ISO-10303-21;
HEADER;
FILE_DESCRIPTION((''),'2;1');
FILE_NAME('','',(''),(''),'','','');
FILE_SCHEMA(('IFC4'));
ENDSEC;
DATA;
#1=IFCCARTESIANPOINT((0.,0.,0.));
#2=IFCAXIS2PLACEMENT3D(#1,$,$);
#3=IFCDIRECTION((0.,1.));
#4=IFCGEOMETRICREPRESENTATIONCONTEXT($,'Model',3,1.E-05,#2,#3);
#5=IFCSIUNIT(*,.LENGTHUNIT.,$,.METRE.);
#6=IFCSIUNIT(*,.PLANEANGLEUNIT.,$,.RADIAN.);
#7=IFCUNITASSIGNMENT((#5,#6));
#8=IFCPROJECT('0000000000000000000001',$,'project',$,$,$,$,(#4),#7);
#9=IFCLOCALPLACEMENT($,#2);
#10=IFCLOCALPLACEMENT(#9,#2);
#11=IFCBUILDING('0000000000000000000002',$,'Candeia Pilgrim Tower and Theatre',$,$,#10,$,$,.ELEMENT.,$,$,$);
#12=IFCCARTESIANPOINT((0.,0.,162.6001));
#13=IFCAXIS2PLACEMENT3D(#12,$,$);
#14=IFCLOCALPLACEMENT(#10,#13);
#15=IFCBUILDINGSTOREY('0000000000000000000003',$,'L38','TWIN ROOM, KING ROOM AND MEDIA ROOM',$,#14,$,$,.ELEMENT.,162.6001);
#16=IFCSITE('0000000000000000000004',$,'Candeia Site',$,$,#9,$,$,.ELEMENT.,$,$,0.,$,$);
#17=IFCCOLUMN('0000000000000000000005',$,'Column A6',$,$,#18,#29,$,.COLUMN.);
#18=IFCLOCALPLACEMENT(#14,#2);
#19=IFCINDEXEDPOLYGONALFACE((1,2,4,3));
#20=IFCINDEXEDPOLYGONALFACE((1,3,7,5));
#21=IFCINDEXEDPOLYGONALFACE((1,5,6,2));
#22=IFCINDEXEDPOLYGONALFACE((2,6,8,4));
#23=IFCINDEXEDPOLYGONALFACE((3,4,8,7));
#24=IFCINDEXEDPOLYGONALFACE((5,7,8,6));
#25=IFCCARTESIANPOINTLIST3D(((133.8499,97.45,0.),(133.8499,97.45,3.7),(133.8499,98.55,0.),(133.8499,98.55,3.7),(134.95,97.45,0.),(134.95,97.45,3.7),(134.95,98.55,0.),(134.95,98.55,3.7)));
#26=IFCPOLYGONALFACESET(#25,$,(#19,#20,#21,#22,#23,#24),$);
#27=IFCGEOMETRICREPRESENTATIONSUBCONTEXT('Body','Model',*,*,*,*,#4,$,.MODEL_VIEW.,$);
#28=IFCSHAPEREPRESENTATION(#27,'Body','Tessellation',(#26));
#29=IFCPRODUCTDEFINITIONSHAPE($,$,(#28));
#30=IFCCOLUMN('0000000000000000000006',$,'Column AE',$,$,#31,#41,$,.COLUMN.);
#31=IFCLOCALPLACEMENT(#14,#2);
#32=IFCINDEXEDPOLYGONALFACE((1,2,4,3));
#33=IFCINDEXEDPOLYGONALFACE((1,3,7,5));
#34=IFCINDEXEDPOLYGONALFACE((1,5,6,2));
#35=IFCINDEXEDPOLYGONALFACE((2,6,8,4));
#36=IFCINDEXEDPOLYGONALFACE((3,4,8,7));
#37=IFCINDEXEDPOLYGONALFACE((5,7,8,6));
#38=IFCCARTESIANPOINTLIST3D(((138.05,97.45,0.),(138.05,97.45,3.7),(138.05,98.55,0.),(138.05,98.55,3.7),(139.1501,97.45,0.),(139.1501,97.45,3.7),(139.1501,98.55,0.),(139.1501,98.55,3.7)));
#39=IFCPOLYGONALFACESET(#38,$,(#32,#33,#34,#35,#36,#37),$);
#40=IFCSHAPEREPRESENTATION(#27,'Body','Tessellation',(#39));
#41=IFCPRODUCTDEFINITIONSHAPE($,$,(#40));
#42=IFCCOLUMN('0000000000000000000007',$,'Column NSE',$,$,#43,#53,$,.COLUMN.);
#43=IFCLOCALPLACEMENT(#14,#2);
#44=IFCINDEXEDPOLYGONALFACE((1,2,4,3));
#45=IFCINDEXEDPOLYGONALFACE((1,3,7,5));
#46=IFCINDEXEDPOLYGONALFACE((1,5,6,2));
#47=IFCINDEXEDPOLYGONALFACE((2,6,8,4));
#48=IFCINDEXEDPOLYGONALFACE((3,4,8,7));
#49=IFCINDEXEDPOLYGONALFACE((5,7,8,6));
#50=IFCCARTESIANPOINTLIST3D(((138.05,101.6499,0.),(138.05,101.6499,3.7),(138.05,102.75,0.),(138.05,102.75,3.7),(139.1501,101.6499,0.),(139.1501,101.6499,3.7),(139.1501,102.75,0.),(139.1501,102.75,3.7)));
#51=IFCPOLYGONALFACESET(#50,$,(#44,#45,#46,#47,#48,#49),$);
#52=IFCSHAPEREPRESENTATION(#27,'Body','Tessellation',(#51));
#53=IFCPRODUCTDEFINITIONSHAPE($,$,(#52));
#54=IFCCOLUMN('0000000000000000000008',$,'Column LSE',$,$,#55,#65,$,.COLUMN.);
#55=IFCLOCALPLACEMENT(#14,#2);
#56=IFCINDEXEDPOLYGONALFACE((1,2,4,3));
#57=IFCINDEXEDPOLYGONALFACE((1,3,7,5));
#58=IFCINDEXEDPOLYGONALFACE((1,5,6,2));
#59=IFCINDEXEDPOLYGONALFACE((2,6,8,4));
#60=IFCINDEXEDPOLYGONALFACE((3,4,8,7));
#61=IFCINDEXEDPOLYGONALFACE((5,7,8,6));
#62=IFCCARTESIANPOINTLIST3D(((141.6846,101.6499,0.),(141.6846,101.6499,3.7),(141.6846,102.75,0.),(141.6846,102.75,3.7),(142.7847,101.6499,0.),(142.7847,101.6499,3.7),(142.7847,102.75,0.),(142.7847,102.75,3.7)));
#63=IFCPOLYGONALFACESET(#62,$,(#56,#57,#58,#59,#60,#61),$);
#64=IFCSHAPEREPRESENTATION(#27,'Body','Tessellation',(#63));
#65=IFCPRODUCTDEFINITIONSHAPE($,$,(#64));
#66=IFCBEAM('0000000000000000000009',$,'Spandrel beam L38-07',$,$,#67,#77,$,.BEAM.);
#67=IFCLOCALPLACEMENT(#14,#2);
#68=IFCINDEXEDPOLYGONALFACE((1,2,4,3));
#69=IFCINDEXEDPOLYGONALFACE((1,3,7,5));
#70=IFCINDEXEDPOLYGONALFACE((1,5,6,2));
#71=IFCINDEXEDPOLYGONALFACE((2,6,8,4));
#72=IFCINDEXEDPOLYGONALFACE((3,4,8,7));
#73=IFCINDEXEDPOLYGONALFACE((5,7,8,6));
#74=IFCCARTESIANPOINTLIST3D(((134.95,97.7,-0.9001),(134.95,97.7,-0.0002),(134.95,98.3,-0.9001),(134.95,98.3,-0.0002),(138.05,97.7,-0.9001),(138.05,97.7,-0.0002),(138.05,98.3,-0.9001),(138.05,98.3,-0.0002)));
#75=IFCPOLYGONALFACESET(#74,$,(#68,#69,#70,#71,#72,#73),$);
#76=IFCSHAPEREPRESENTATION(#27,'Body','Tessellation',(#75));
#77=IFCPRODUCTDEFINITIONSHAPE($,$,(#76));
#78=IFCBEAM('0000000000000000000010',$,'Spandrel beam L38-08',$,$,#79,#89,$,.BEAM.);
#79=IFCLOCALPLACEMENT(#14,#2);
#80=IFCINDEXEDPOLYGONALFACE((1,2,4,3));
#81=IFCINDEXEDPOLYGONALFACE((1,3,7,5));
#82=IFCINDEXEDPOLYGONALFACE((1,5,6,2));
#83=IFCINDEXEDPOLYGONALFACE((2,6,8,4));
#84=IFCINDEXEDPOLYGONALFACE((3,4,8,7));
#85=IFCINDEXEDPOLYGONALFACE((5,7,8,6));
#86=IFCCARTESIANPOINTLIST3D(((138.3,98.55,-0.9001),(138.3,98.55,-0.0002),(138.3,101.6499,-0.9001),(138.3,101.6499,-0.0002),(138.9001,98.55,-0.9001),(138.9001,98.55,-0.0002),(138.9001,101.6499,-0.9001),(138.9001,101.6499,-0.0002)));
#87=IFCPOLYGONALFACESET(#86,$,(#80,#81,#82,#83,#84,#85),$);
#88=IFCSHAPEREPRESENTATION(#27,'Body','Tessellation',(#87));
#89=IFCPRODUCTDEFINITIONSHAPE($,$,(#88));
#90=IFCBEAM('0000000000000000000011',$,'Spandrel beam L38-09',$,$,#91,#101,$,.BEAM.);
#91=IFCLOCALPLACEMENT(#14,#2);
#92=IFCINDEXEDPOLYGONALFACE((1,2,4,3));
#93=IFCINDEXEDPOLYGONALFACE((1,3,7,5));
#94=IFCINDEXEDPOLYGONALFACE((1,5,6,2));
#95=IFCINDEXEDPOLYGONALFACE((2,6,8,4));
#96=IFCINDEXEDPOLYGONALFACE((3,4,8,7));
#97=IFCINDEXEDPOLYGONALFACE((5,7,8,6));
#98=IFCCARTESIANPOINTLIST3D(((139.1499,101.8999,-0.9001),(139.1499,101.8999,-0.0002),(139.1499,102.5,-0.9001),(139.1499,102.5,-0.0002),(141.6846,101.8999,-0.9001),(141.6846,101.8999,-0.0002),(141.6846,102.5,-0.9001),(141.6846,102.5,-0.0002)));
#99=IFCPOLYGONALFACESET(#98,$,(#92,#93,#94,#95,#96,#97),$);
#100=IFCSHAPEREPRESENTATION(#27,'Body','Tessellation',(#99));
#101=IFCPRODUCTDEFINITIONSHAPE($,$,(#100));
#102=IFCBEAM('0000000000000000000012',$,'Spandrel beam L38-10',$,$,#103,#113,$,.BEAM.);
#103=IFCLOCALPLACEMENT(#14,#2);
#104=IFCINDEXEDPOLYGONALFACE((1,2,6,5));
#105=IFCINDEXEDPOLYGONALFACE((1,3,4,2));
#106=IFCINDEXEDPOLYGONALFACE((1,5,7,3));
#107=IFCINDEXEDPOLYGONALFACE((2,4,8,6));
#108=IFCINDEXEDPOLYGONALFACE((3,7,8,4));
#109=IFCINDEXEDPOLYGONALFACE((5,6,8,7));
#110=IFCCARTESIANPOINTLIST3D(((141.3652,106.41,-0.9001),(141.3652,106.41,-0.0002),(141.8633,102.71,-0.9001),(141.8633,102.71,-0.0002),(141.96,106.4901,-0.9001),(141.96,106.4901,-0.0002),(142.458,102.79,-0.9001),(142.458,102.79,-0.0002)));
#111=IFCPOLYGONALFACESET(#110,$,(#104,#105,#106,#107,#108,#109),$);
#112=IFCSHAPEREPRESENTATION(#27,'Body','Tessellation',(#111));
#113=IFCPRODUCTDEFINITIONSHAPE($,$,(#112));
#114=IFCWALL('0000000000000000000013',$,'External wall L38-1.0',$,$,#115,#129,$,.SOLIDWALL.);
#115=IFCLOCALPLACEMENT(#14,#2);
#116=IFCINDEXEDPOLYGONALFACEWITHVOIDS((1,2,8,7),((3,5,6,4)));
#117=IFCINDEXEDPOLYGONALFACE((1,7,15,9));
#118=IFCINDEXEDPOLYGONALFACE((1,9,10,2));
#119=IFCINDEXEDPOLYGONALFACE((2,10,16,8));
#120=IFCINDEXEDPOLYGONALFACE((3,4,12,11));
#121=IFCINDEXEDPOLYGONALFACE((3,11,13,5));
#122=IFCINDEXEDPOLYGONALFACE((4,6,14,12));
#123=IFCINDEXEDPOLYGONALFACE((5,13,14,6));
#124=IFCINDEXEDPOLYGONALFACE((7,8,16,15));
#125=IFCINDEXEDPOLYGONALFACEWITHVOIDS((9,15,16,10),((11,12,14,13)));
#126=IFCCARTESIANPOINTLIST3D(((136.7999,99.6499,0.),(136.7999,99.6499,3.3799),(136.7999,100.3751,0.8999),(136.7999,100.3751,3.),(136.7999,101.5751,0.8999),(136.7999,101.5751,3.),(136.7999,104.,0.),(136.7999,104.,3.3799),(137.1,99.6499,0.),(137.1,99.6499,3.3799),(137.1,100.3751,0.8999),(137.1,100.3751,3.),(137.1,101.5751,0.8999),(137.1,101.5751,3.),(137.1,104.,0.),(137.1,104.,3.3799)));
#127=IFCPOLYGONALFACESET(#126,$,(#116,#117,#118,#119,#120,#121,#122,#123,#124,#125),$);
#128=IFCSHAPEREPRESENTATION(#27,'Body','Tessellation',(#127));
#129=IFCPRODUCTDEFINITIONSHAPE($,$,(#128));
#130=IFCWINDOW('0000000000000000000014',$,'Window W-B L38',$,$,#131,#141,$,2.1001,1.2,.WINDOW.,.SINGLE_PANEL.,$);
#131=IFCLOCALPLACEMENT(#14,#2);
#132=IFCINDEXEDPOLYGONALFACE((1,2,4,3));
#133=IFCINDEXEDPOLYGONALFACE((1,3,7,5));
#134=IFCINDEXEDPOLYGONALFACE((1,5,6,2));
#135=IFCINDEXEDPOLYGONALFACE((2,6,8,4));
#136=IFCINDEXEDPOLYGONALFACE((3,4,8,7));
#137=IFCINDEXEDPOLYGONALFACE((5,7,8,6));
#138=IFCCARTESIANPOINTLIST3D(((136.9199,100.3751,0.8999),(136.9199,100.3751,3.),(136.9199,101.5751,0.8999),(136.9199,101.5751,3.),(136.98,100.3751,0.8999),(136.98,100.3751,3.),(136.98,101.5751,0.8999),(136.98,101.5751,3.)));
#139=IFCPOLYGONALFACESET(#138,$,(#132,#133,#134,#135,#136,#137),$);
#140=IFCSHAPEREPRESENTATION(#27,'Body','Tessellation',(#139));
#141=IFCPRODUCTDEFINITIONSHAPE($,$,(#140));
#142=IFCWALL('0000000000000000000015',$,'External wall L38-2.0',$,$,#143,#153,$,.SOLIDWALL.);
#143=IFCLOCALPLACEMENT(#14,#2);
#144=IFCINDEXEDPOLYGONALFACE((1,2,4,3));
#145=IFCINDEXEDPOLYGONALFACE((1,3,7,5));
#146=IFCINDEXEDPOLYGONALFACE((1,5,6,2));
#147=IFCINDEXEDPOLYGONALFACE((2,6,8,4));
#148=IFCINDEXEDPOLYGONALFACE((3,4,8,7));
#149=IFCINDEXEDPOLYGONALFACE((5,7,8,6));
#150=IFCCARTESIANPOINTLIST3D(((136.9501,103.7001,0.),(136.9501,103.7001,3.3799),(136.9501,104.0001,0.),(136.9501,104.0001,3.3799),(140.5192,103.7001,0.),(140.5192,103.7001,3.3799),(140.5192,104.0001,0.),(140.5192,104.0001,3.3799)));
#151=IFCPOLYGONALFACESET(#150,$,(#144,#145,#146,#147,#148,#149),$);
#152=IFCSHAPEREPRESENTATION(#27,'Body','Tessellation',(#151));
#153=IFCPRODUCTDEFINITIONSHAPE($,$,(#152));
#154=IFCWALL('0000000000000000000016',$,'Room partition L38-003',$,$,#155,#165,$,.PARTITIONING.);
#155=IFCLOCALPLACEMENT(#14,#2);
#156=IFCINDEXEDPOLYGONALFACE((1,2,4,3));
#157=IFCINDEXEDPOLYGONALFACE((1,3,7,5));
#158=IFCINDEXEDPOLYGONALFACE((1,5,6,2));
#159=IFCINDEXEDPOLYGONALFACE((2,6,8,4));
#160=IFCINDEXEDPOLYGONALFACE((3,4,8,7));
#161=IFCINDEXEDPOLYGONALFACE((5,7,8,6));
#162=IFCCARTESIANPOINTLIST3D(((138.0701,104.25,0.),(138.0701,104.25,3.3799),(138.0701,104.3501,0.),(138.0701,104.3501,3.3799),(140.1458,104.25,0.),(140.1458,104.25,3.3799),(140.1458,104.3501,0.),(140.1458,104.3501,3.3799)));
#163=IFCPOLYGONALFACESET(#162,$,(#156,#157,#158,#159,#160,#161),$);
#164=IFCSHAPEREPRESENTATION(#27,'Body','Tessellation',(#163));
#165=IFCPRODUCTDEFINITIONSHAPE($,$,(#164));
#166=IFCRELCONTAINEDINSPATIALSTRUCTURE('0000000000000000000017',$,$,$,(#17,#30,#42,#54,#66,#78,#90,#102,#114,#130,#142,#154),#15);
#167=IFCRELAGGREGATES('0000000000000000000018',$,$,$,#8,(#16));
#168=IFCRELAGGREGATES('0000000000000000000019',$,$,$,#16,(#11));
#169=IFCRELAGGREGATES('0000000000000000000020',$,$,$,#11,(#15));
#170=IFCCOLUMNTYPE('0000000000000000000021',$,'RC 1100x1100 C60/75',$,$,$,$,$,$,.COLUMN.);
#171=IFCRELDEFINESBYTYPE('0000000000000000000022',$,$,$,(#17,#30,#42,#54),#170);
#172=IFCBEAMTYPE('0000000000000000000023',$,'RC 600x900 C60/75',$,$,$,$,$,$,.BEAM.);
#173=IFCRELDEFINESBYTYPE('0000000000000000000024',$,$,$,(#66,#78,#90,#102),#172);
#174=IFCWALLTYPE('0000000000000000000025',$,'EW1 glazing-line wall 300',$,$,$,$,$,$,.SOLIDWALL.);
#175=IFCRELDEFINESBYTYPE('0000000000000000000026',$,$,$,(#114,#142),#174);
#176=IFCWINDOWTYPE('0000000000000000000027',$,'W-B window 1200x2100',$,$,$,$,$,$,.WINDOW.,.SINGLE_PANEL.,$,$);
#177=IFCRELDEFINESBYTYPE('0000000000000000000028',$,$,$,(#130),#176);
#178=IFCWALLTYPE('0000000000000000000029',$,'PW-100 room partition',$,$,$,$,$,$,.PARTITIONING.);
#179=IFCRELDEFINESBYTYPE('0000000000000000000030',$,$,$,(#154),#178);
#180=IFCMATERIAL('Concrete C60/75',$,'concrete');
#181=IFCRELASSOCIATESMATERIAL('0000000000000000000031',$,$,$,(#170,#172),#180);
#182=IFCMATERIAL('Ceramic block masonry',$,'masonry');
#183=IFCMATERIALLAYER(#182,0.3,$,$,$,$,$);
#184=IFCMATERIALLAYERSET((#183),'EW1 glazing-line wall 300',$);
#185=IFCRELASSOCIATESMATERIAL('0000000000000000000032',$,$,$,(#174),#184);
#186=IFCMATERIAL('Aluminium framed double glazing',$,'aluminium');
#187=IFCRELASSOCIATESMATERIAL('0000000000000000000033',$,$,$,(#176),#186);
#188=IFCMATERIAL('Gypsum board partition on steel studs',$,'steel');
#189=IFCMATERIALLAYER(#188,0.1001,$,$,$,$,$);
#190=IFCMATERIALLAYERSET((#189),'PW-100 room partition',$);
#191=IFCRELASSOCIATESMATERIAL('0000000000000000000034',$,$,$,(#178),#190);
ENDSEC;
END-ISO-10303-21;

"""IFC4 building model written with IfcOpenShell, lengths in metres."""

from ifc_helpers import new_model, si_unit, direction, frame, frame_2d, origin, origin_2d, place, context, subcontext, project, spatial, rectangle, extrude, material, layer, layer_set, material_profile, profile_set, type_object, element, fill, save


model = new_model("IFC4")

# Units and contexts
model_context = context("Model", 3, precision=1e-05, world=origin(), true_north=direction((0.0, 1.0)))
body_context = subcontext(model_context, "Body", "Model", "MODEL_VIEW")
ifc_project = project(units=[si_unit("LENGTHUNIT", "METRE"), si_unit("PLANEANGLEUNIT", "RADIAN")], contexts=[model_context])

# Site, building, storey
site_placement = place(None, origin())
site = spatial("IfcSite", under=ifc_project, at=site_placement, Name="Candeia Site", CompositionType="ELEMENT", RefElevation=0.0)
building_placement = place(site_placement, origin())
building = spatial("IfcBuilding", under=site, at=building_placement, Name="Candeia Pilgrim Tower and Theatre", CompositionType="ELEMENT")
storey_placement = place(building_placement, frame((0.0, 0.0, 162.6001)))
storey = spatial("IfcBuildingStorey", under=building, at=storey_placement, Name="L38", Description="TWIN ROOM, KING ROOM AND MEDIA ROOM", CompositionType="ELEMENT", Elevation=162.6001)

# Columns
ifc_material_1 = material(Name="Concrete C60/75", Category="concrete")
ifc_material_profile_1 = material_profile(ifc_material_1, rectangle(XDim=1.1001, YDim=1.1001, at=origin_2d()))
ifc_profile_set_1 = profile_set([ifc_material_profile_1], Name="Concrete C60/75")
column_type = type_object("IfcColumnType", Name="RC 1100x1100 C60/75", PredefinedType="COLUMN", material=ifc_profile_set_1)
for number, where, z_axis, x_axis, name in (
    (1, (134.3999, 98.0, 0.0), (0.0, 0.0, 1.0), (1.0, 0.0, 0.0), "Column A6"),
    (2, (138.6001, 98.0, 0.0), (0.0, 0.0, 1.0), (1.0, 0.0, 0.0), "Column AE"),
    (3, (138.6001, 102.2, 0.0), (0.0, 0.0, 1.0), (1.0, 0.0, 0.0), "Column NSE"),
    (4, (142.2346, 102.2, 0.0), (0.0, 0.0, 1.0), (1.0, 0.0, 0.0), "Column LSE"),
):
    element("IfcColumn", number, at=place(storey_placement, frame(where, z_axis=z_axis, x_axis=x_axis)), inside=storey, type_object=column_type, Name=name, PredefinedType="COLUMN", context=body_context, shape_type="SweptSolid", body=[
        extrude(rectangle(XDim=1.1001, YDim=1.1001, at=origin_2d()), origin(), (0.0, 0.0, 1.0), 3.7),
    ])

# Beams
ifc_material_profile_2 = material_profile(ifc_material_1, rectangle(XDim=0.6001, YDim=0.8999, at=origin_2d()))
ifc_profile_set_2 = profile_set([ifc_material_profile_2], Name="Concrete C60/75")
beam_type = type_object("IfcBeamType", Name="RC 600x900 C60/75", PredefinedType="BEAM", material=ifc_profile_set_2)
beam_1_placement = place(storey_placement, frame((134.95, 98.0, -0.4502), z_axis=(1.0, 0.0, 0.0), x_axis=(0.0, 1.0, 0.0)))
element("IfcBeam", 5, at=beam_1_placement, inside=storey, type_object=beam_type, Name="Spandrel beam L38-07", PredefinedType="BEAM", context=body_context, shape_type="SweptSolid", body=[
    extrude(rectangle(XDim=0.6001, YDim=0.8999, at=origin_2d()), origin(), (0.0, 0.0, 1.0), 3.1001),
])
beam_2_placement = place(storey_placement, frame((138.6001, 98.55, -0.4502), z_axis=(0.0, 1.0, 0.0), x_axis=(-1.0, 0.0, 0.0)))
element("IfcBeam", 6, at=beam_2_placement, inside=storey, type_object=beam_type, Name="Spandrel beam L38-08", PredefinedType="BEAM", context=body_context, shape_type="SweptSolid", body=[
    extrude(rectangle(XDim=0.6001, YDim=0.8999, at=origin_2d()), origin(), (0.0, 0.0, 1.0), 3.0999),
])
beam_3_placement = place(storey_placement, frame((139.1499, 102.2, -0.4502), z_axis=(1.0, 0.0, 0.0), x_axis=(0.0, 1.0, 0.0)))
element("IfcBeam", 7, at=beam_3_placement, inside=storey, type_object=beam_type, Name="Spandrel beam L38-09", PredefinedType="BEAM", context=body_context, shape_type="SweptSolid", body=[
    extrude(rectangle(XDim=0.6001, YDim=0.8999, at=origin_2d()), origin(), (0.0, 0.0, 1.0), 2.5347),
])
beam_4_placement = place(storey_placement, frame((142.1606, 102.75, -0.4502), z_axis=(-0.133406, 0.991061, 0.0), x_axis=(-0.991061, -0.133406, 0.0)))
element("IfcBeam", 8, at=beam_4_placement, inside=storey, type_object=beam_type, Name="Spandrel beam L38-10", PredefinedType="BEAM", context=body_context, shape_type="SweptSolid", body=[
    extrude(rectangle(XDim=0.6001, YDim=0.8999, at=origin_2d()), origin(), (0.0, 0.0, 1.0), 3.7334),
])

# Wall, opening, window
ifc_material_2 = material(Name="Ceramic block masonry", Category="masonry")
ifc_layer_1 = layer(ifc_material_2, 0.3)
ifc_layer_set_1 = layer_set([ifc_layer_1], Name="EW1 glazing-line wall 300")
wall_type_1 = type_object("IfcWallType", Name="EW1 glazing-line wall 300", PredefinedType="SOLIDWALL", material=ifc_layer_set_1)
wall_1_placement = place(storey_placement, frame((136.95, 99.6499, 0.0), z_axis=(0.0, 0.0, 1.0), x_axis=(0.0, 1.0, 0.0)))
wall_1 = element("IfcWall", 9, at=wall_1_placement, inside=storey, type_object=wall_type_1, Name="External wall L38-1.0", PredefinedType="SOLIDWALL", context=body_context, shape_type="SweptSolid", body=[
    extrude(rectangle(XDim=4.3501, YDim=0.3, at=frame_2d((2.175, 0.0))), origin(), (0.0, 0.0, 1.0), 3.3799),
])
opening_1_placement = place(wall_1_placement, frame((0.7251, 0.0, 0.8999)))
opening_1 = element("IfcOpeningElement", 10, at=opening_1_placement, cuts=wall_1, PredefinedType="OPENING", context=body_context, shape_type="SweptSolid", body=[
    extrude(rectangle(XDim=1.2, YDim=2.1001, at=frame_2d((0.6001, 1.05))), frame((0.0, 0.1602, 0.0), z_axis=(0.0, -1.0, 0.0), x_axis=(1.0, 0.0, 0.0)), (0.0, 0.0, 1.0), 0.3201),
])
ifc_material_3 = material(Name="Aluminium framed double glazing", Category="aluminium")
window_type = type_object("IfcWindowType", Name="W-B window 1200x2100", PartitioningType="SINGLE_PANEL", PredefinedType="WINDOW", material=ifc_material_3)
window_1_placement = place(opening_1_placement, origin())
window_1 = element("IfcWindow", 11, at=window_1_placement, inside=storey, type_object=window_type, Name="Window W-B L38", OverallHeight=2.1001, OverallWidth=1.2, PartitioningType="SINGLE_PANEL", PredefinedType="WINDOW", context=body_context, shape_type="SweptSolid", body=[
    extrude(rectangle(XDim=1.2, YDim=2.1001, at=frame_2d((0.6001, 1.05))), frame((0.0, 0.03, 0.0), z_axis=(0.0, -1.0, 0.0), x_axis=(1.0, 0.0, 0.0)), (0.0, 0.0, 1.0), 0.0601),
])
fill(opening_1, window_1)

# Wall
wall_2_placement = place(storey_placement, frame((136.95, 103.8501, 0.0), z_axis=(0.0, 0.0, 1.0), x_axis=(1.0, 0.0, 0.0)))
element("IfcWall", 12, at=wall_2_placement, inside=storey, type_object=wall_type_1, Name="External wall L38-2.0", PredefinedType="SOLIDWALL", context=body_context, shape_type="SweptSolid", body=[
    extrude(rectangle(XDim=3.5691, YDim=0.3, at=frame_2d((1.7847, 0.0))), origin(), (0.0, 0.0, 1.0), 3.3799),
])

# Wall
ifc_material_4 = material(Name="Gypsum board partition on steel studs", Category="steel")
ifc_layer_2 = layer(ifc_material_4, 0.1001)
ifc_layer_set_2 = layer_set([ifc_layer_2], Name="PW-100 room partition")
wall_type_2 = type_object("IfcWallType", Name="PW-100 room partition", PredefinedType="PARTITIONING", material=ifc_layer_set_2)
wall_3_placement = place(storey_placement, frame((138.0701, 104.3, 0.0), z_axis=(0.0, 0.0, 1.0), x_axis=(1.0, 0.0, 0.0)))
element("IfcWall", 13, at=wall_3_placement, inside=storey, type_object=wall_type_2, Name="Room partition L38-003", PredefinedType="PARTITIONING", context=body_context, shape_type="SweptSolid", body=[
    extrude(rectangle(XDim=2.0757, YDim=0.1001, at=frame_2d((1.0378, 0.0))), origin(), (0.0, 0.0, 1.0), 3.3799),
])

save(model, "model.ifc")
